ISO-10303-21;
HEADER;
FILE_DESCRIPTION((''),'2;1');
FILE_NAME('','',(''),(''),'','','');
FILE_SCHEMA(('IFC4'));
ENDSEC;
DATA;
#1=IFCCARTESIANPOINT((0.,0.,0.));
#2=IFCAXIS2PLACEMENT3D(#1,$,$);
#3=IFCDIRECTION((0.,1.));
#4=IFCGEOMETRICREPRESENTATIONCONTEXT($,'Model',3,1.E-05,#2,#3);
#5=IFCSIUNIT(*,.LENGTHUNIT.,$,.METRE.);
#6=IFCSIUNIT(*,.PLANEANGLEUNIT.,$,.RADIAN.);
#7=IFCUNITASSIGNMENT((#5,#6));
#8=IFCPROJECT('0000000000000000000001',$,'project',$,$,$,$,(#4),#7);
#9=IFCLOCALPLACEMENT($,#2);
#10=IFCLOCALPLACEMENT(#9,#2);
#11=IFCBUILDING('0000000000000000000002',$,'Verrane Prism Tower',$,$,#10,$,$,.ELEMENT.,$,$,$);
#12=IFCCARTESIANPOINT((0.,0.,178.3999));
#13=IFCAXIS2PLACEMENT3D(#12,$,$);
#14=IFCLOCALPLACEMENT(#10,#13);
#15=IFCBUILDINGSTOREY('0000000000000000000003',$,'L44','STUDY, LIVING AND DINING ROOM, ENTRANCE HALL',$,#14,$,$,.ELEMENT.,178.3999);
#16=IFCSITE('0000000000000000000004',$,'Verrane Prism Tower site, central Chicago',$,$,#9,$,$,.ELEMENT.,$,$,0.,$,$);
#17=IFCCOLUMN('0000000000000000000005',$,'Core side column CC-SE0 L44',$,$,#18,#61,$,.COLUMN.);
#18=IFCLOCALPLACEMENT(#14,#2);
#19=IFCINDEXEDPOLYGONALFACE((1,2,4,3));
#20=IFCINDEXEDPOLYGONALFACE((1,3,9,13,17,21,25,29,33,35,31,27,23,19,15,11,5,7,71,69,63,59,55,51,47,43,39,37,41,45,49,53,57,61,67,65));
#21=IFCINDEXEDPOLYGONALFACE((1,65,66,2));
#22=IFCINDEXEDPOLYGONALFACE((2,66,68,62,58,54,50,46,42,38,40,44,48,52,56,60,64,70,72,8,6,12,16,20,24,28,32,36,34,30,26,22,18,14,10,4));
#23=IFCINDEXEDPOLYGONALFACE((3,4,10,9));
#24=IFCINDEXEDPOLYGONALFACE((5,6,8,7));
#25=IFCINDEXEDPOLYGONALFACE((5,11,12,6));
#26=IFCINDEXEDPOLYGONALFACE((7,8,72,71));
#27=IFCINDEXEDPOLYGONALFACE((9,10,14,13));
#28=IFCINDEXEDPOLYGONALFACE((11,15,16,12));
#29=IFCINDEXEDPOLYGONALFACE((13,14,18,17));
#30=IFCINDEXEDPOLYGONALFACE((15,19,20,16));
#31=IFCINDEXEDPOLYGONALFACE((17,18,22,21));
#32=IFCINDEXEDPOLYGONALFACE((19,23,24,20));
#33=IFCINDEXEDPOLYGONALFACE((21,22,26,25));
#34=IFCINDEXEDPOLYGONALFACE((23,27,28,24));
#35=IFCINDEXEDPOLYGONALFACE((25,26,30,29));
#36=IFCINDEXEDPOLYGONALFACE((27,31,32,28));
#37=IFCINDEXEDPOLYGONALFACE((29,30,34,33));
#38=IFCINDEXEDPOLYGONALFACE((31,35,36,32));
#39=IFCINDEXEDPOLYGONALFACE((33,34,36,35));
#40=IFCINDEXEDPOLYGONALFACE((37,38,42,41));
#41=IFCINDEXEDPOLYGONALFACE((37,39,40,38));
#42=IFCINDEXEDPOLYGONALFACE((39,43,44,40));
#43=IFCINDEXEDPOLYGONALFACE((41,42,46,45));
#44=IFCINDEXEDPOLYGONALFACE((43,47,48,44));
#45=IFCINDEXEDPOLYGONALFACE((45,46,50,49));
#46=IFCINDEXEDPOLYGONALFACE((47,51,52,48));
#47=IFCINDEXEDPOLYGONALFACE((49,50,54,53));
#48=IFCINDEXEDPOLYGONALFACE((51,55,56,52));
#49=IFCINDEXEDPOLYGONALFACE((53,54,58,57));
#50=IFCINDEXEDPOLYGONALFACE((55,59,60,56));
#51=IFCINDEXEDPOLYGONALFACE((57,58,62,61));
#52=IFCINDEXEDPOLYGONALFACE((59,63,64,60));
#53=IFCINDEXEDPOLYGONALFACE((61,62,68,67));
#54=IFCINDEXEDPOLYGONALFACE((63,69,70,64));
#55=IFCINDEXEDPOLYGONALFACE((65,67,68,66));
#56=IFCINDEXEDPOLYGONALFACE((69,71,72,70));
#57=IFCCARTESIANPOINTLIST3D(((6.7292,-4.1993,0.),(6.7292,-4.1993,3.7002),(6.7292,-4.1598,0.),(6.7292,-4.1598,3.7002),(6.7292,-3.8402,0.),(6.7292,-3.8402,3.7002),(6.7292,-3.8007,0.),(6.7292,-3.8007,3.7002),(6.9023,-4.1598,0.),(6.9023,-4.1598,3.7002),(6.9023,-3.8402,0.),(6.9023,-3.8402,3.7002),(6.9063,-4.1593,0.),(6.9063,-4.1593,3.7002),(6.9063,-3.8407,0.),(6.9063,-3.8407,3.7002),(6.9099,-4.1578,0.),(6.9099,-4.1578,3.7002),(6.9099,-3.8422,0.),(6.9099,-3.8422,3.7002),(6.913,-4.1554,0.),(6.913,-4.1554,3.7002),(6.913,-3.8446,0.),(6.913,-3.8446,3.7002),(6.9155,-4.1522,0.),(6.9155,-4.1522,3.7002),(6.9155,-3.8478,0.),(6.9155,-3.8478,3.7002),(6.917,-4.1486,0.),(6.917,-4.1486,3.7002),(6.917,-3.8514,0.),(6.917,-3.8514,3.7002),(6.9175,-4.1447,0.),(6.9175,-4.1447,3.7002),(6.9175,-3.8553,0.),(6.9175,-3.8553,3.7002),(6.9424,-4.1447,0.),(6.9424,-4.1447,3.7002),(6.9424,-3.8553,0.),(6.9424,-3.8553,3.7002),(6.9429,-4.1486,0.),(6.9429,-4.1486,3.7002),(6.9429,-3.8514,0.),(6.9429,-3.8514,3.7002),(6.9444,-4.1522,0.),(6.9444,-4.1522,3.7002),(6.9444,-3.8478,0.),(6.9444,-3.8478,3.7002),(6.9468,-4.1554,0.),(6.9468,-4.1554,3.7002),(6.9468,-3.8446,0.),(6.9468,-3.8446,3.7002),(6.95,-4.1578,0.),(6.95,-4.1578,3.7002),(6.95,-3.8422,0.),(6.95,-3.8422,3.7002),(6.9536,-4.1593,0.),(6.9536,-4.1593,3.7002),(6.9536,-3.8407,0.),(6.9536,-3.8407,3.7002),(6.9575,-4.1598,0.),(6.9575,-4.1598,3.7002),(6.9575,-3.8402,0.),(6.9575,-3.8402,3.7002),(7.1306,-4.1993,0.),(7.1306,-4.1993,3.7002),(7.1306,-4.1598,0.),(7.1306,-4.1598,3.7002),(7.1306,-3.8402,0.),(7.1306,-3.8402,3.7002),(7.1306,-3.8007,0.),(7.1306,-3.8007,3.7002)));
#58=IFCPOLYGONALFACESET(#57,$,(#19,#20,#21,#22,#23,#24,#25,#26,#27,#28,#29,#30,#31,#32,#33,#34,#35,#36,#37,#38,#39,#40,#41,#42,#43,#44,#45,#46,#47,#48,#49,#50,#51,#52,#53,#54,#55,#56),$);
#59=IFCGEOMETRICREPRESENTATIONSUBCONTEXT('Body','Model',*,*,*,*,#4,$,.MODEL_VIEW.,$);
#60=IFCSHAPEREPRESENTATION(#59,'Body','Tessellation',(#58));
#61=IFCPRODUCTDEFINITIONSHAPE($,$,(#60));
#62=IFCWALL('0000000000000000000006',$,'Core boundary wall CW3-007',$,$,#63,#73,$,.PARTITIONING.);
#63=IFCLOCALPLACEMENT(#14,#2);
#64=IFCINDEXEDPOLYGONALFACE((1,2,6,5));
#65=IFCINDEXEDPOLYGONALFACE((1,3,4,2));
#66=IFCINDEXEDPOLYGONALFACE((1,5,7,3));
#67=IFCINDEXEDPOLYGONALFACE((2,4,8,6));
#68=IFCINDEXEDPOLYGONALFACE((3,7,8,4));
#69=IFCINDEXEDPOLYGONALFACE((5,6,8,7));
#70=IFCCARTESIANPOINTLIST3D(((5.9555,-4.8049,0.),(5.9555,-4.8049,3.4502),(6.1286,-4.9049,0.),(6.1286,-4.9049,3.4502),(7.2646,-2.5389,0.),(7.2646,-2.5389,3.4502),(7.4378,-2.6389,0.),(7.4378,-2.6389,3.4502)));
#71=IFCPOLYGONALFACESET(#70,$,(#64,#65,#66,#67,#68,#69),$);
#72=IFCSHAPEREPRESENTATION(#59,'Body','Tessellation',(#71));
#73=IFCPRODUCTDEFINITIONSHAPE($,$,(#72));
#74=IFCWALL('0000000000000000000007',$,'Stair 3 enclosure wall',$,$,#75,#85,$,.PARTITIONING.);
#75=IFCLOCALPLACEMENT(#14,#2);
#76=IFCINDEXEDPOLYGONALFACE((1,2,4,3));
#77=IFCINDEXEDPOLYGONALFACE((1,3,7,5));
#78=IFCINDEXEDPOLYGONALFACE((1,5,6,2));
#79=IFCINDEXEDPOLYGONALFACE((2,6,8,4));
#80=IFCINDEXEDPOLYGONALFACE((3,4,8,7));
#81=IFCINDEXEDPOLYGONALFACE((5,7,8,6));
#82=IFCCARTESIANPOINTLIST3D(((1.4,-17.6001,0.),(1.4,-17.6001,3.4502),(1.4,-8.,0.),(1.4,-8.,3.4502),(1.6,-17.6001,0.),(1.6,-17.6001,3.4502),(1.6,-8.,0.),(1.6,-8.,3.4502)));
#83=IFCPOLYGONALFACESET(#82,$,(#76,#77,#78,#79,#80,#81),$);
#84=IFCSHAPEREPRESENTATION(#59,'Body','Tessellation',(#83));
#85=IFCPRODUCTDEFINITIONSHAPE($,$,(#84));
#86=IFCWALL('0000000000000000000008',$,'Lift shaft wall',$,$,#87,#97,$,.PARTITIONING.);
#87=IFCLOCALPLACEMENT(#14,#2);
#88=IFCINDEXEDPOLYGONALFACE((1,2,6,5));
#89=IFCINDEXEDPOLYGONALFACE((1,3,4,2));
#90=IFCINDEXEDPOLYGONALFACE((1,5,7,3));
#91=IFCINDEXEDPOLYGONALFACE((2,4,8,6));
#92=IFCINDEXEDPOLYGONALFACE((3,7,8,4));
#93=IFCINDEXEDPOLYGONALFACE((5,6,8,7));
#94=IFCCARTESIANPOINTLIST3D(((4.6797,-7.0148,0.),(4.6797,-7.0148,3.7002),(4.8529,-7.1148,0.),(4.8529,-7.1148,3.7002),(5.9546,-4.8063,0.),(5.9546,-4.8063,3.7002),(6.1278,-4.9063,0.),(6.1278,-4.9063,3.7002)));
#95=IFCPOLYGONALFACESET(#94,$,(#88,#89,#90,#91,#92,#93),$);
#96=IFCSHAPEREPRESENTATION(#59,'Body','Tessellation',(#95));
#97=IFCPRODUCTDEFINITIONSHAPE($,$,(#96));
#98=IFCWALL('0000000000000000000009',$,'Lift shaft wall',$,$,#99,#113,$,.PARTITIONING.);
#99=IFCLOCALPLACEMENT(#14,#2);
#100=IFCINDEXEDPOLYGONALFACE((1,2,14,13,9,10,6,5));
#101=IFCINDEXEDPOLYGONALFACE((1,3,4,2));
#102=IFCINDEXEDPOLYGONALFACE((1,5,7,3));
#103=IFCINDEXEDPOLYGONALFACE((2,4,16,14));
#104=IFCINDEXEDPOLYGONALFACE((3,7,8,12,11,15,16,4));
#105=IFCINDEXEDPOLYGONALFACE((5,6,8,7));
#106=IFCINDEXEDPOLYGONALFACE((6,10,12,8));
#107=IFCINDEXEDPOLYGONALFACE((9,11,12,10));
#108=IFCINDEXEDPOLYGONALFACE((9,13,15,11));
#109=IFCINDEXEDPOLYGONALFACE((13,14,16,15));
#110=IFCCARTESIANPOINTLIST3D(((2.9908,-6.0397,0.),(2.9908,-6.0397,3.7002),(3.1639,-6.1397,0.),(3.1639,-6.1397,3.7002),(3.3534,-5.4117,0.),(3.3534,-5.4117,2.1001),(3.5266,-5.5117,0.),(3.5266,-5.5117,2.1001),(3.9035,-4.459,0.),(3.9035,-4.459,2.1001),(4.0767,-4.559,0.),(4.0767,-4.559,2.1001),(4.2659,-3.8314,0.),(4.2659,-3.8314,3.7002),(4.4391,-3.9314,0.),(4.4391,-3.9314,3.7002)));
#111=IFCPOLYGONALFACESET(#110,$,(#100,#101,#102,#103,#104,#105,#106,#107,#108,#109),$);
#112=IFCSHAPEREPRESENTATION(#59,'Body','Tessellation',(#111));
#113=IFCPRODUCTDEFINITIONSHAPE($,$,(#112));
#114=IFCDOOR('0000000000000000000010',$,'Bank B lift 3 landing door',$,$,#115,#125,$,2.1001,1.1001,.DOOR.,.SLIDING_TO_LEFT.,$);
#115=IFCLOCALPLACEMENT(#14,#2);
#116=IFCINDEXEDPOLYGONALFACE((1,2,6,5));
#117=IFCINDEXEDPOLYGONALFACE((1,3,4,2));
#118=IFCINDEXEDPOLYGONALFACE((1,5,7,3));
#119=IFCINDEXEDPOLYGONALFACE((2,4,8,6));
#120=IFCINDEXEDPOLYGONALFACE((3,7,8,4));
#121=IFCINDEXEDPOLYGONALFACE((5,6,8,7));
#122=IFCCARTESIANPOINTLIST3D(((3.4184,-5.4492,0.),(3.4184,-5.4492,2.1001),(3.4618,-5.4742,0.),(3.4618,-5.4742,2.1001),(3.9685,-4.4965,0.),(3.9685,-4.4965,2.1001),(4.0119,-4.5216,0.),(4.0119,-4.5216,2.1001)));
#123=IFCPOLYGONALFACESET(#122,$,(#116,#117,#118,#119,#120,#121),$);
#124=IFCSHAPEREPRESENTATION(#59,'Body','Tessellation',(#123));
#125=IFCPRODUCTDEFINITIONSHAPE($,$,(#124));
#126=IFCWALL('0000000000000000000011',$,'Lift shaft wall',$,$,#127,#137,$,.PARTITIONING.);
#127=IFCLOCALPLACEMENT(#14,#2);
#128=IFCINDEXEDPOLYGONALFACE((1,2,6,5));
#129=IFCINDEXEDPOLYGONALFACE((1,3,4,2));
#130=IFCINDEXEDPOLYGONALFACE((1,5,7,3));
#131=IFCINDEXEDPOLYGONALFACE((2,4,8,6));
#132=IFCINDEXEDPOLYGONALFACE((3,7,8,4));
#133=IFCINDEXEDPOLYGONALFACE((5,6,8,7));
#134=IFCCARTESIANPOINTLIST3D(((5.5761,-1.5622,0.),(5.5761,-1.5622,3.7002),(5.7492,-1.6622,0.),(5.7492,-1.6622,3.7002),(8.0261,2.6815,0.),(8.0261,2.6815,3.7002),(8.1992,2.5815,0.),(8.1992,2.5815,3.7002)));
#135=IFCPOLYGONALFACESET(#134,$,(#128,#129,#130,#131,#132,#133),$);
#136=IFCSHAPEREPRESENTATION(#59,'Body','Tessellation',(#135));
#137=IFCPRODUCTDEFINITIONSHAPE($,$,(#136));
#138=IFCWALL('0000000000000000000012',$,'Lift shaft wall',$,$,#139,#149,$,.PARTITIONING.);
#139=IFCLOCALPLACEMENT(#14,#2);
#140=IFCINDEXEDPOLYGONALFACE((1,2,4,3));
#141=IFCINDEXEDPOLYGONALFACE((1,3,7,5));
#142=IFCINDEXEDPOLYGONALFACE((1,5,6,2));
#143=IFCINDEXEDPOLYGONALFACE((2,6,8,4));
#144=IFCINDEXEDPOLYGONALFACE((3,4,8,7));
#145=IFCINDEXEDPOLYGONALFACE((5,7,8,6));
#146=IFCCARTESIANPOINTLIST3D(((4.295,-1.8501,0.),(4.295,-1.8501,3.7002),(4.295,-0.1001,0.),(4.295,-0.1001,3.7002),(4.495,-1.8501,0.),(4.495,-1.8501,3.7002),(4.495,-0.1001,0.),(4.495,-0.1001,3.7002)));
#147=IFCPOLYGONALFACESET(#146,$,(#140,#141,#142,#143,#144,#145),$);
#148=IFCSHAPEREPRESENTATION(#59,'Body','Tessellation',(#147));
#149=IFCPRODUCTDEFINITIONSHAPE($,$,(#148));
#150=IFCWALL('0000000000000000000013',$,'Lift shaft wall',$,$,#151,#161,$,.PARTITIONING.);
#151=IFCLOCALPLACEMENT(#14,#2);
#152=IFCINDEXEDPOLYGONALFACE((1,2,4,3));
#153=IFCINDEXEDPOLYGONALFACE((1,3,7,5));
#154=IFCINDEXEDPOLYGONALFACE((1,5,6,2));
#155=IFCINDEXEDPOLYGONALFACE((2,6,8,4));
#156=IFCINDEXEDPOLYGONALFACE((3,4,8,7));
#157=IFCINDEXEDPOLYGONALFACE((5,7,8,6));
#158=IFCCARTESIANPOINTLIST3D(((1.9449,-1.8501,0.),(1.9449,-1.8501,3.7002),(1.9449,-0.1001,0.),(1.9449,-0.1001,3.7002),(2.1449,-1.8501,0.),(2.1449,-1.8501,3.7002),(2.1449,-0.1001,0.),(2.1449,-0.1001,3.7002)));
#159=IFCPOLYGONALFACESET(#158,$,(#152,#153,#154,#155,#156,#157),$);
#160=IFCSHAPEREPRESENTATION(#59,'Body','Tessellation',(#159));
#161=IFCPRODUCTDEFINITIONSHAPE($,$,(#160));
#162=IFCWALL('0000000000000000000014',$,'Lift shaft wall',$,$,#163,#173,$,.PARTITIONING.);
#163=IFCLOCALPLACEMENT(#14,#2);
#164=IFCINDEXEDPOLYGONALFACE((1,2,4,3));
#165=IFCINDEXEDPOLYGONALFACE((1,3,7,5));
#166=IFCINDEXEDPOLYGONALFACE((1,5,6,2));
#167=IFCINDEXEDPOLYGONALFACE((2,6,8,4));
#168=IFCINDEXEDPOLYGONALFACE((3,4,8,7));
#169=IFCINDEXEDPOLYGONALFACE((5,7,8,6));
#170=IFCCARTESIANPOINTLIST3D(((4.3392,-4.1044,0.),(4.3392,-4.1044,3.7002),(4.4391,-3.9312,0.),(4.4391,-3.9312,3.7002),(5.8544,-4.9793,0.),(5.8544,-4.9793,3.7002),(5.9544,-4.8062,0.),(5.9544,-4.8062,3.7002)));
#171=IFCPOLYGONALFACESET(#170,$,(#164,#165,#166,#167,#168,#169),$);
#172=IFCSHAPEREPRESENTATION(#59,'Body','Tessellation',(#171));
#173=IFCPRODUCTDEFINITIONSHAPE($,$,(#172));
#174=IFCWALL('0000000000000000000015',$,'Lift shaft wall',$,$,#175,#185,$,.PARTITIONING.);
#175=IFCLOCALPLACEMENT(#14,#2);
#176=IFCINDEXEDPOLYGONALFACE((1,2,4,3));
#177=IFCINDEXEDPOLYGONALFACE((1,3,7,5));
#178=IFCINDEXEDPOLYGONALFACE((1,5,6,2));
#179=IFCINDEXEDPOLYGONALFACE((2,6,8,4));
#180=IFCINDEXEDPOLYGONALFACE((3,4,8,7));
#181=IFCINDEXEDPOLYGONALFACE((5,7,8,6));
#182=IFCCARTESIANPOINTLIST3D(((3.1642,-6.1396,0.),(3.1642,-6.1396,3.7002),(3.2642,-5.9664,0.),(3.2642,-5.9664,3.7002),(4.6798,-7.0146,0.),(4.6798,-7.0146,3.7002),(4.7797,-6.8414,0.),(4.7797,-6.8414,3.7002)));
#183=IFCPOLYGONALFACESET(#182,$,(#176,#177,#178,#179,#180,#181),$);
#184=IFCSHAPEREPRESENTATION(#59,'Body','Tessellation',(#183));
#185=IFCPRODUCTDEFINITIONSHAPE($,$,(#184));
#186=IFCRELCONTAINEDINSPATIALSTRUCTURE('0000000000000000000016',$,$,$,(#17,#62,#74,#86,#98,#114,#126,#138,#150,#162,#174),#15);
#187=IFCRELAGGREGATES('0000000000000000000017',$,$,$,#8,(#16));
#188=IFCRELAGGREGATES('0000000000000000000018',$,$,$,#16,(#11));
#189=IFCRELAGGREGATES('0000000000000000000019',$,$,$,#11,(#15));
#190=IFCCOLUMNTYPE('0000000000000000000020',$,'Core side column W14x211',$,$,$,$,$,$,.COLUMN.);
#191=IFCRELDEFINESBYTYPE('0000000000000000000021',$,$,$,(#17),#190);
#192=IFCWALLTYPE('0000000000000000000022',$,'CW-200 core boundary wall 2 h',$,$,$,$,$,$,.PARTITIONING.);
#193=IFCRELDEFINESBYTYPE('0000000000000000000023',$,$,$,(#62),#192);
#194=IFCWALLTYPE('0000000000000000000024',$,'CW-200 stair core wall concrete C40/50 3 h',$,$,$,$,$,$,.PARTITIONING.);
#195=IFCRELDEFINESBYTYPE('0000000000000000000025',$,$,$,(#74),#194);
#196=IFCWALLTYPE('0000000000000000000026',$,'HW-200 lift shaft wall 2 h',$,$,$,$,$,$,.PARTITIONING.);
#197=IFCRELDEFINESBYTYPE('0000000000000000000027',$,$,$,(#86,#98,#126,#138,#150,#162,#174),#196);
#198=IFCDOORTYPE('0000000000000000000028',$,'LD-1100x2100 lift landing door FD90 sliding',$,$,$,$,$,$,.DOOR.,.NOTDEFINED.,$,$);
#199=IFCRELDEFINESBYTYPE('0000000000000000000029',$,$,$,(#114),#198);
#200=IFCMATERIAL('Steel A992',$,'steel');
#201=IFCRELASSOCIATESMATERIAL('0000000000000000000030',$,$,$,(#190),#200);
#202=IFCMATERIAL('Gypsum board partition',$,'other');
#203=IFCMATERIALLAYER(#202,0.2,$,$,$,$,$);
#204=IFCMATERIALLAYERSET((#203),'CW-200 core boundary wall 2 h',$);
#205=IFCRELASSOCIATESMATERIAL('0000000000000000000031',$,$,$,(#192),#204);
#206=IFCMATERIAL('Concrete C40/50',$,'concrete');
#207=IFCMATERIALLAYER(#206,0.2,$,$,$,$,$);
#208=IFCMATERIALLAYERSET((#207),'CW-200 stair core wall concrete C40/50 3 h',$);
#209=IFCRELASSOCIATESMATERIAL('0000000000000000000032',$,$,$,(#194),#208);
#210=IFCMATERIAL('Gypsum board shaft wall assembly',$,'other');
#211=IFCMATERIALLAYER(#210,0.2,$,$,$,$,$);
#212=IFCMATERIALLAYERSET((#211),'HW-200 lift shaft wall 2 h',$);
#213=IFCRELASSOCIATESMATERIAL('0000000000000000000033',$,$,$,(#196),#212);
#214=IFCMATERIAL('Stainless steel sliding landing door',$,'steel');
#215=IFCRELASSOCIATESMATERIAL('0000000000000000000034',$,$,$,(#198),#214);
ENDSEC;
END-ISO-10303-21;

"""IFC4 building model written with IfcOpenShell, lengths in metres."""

from ifc_helpers import new_model, si_unit, direction, frame, frame_2d, origin, origin_2d, place, context, subcontext, project, spatial, rectangle, i_section, extrude, material, layer, layer_set, material_profile, profile_set, type_object, element, fill, save


model = new_model("IFC4")

# Units and contexts
model_context = context("Model", 3, precision=1e-05, world=origin(), true_north=direction((0.0, 1.0)))
body_context = subcontext(model_context, "Body", "Model", "MODEL_VIEW")
ifc_project = project(units=[si_unit("LENGTHUNIT", "METRE"), si_unit("PLANEANGLEUNIT", "RADIAN")], contexts=[model_context])

# Site, building, storey
site_placement = place(None, origin())
site = spatial("IfcSite", under=ifc_project, at=site_placement, Name="Verrane Prism Tower site, central Chicago", CompositionType="ELEMENT", RefElevation=0.0)
building_placement = place(site_placement, origin())
building = spatial("IfcBuilding", under=site, at=building_placement, Name="Verrane Prism Tower", CompositionType="ELEMENT")
storey_placement = place(building_placement, frame((0.0, 0.0, 178.3999)))
storey = spatial("IfcBuildingStorey", under=building, at=storey_placement, Name="L44", Description="STUDY, LIVING AND DINING ROOM, ENTRANCE HALL", CompositionType="ELEMENT", Elevation=178.3999)

# Column
ifc_material_1 = material(Name="Steel A992", Category="steel")
ifc_material_profile = material_profile(ifc_material_1, i_section(OverallWidth=0.4014, OverallDepth=0.3987, WebThickness=0.0249, FlangeThickness=0.0396, FilletRadius=0.0151, at=origin_2d()), Name="W14x211")
ifc_profile_set = profile_set([ifc_material_profile], Name="Steel A992")
column_type = type_object("IfcColumnType", Name="Core side column W14x211", PredefinedType="COLUMN", material=ifc_profile_set)
column_placement = place(storey_placement, frame((6.9299, -4.0, 0.0), z_axis=(0.0, 0.0, 1.0), x_axis=(1.0, 0.0, 0.0)))
element("IfcColumn", 1, at=column_placement, inside=storey, type_object=column_type, Name="Core side column CC-SE0 L44", PredefinedType="COLUMN", context=body_context, shape_type="SweptSolid", body=[
    extrude(i_section(OverallWidth=0.4014, OverallDepth=0.3987, WebThickness=0.0249, FlangeThickness=0.0396, FilletRadius=0.0151, at=origin_2d()), origin(), (0.0, 0.0, 1.0), 3.7002),
])

# Walls
ifc_material_2 = material(Name="Gypsum board partition", Category="other")
ifc_layer_1 = layer(ifc_material_2, 0.2)
ifc_layer_set_1 = layer_set([ifc_layer_1], Name="CW-200 core boundary wall 2 h")
wall_type_1 = type_object("IfcWallType", Name="CW-200 core boundary wall 2 h", PredefinedType="PARTITIONING", material=ifc_layer_set_1)
wall_1_placement = place(storey_placement, frame((6.042, -4.855, 0.0), z_axis=(0.0, 0.0, 1.0), x_axis=(0.500253, 0.865879, 0.0)))
element("IfcWall", 2, at=wall_1_placement, inside=storey, type_object=wall_type_1, Name="Core boundary wall CW3-007", PredefinedType="PARTITIONING", context=body_context, shape_type="SweptSolid", body=[
    extrude(rectangle(XDim=2.6169, YDim=0.2, at=frame_2d((1.3086, 0.0))), origin(), (0.0, 0.0, 1.0), 3.4502),
])
ifc_material_3 = material(Name="Concrete C40/50", Category="concrete")
ifc_layer_2 = layer(ifc_material_3, 0.2)
ifc_layer_set_2 = layer_set([ifc_layer_2], Name="CW-200 stair core wall concrete C40/50 3 h")
wall_type_2 = type_object("IfcWallType", Name="CW-200 stair core wall concrete C40/50 3 h", PredefinedType="PARTITIONING", material=ifc_layer_set_2)
wall_2_placement = place(storey_placement, frame((1.5, -8.0, 0.0), z_axis=(0.0, 0.0, 1.0), x_axis=(0.0, -1.0, 0.0)))
element("IfcWall", 3, at=wall_2_placement, inside=storey, type_object=wall_type_2, Name="Stair 3 enclosure wall", PredefinedType="PARTITIONING", context=body_context, shape_type="SweptSolid", body=[
    extrude(rectangle(XDim=9.6001, YDim=0.2, at=frame_2d((4.8, 0.0))), origin(), (0.0, 0.0, 1.0), 3.4502),
])
ifc_material_4 = material(Name="Gypsum board shaft wall assembly", Category="other")
ifc_layer_3 = layer(ifc_material_4, 0.2)
ifc_layer_set_3 = layer_set([ifc_layer_3], Name="HW-200 lift shaft wall 2 h")
wall_type_3 = type_object("IfcWallType", Name="HW-200 lift shaft wall 2 h", PredefinedType="PARTITIONING", material=ifc_layer_set_3)
wall_3_placement = place(storey_placement, frame((4.7664, -7.0647, 0.0), z_axis=(0.0, 0.0, 1.0), x_axis=(0.499949, 0.866055, 0.0)))
element("IfcWall", 4, at=wall_3_placement, inside=storey, type_object=wall_type_3, Name="Lift shaft wall", PredefinedType="PARTITIONING", context=body_context, shape_type="SweptSolid", body=[
    extrude(rectangle(XDim=2.55, YDim=0.2, at=frame_2d((1.2749, 0.0))), origin(), (0.0, 0.0, 1.0), 3.7002),
])

# Wall, opening, door
wall_4_placement = place(storey_placement, frame((3.0774, -6.0896, 0.0), z_axis=(0.0, 0.0, 1.0), x_axis=(0.500062, 0.865989, 0.0)))
wall_4 = element("IfcWall", 5, at=wall_4_placement, inside=storey, type_object=wall_type_3, Name="Lift shaft wall", PredefinedType="PARTITIONING", context=body_context, shape_type="SweptSolid", body=[
    extrude(rectangle(XDim=2.55, YDim=0.2, at=frame_2d((1.2749, 0.0))), origin(), (0.0, 0.0, 1.0), 3.7002),
])
opening_placement = place(wall_4_placement, frame((0.7251, 0.0, 0.0)))
opening = element("IfcOpeningElement", 6, at=opening_placement, cuts=wall_4, PredefinedType="OPENING", context=body_context, shape_type="SweptSolid", body=[
    extrude(rectangle(XDim=1.1001, YDim=2.1001, at=frame_2d((0.55, 1.05))), frame((0.0, 0.1099, 0.0), z_axis=(0.0, -1.0, 0.0), x_axis=(1.0, 0.0, 0.0)), (0.0, 0.0, 1.0), 0.22),
])
ifc_material_5 = material(Name="Stainless steel sliding landing door", Category="steel")
door_type = type_object("IfcDoorType", Name="LD-1100x2100 lift landing door FD90 sliding", OperationType="NOTDEFINED", PredefinedType="DOOR", material=ifc_material_5)
door_placement = place(opening_placement, origin())
door = element("IfcDoor", 7, at=door_placement, inside=storey, type_object=door_type, Name="Bank B lift 3 landing door", OperationType="SLIDING_TO_LEFT", OverallHeight=2.1001, OverallWidth=1.1001, PredefinedType="DOOR", context=body_context, shape_type="SweptSolid", body=[
    extrude(rectangle(XDim=1.1001, YDim=2.1001, at=frame_2d((0.55, 1.05))), frame((0.0, 0.0249, 0.0), z_axis=(0.0, -1.0, 0.0), x_axis=(1.0, 0.0, 0.0)), (0.0, 0.0, 1.0), 0.05),
])
fill(opening, door)

# Walls
wall_5_placement = place(storey_placement, frame((5.6626, -1.6123, 0.0), z_axis=(0.0, 0.0, 1.0), x_axis=(0.499981, 0.866036, 0.0)))
element("IfcWall", 8, at=wall_5_placement, inside=storey, type_object=wall_type_3, Name="Lift shaft wall", PredefinedType="PARTITIONING", context=body_context, shape_type="SweptSolid", body=[
    extrude(rectangle(XDim=4.9001, YDim=0.2, at=frame_2d((2.4502, 0.0))), origin(), (0.0, 0.0, 1.0), 3.7002),
])
for number, where, z_axis, x_axis, name in (
    (9, (4.395, -1.8501, 0.0), (0.0, 0.0, 1.0), (0.0, 1.0, 0.0), "Lift shaft wall"),
    (10, (2.0449, -1.8501, 0.0), (0.0, 0.0, 1.0), (0.0, 1.0, 0.0), "Lift shaft wall"),
):
    element("IfcWall", number, at=place(storey_placement, frame(where, z_axis=z_axis, x_axis=x_axis)), inside=storey, type_object=wall_type_3, Name=name, PredefinedType="PARTITIONING", context=body_context, shape_type="SweptSolid", body=[
        extrude(rectangle(XDim=1.75, YDim=0.2, at=frame_2d((0.875, 0.0))), origin(), (0.0, 0.0, 1.0), 3.7002),
    ])
wall_6_placement = place(storey_placement, frame((5.9045, -4.8928, 0.0), z_axis=(0.0, 0.0, 1.0), x_axis=(-0.866002, 0.50004, 0.0)))
element("IfcWall", 11, at=wall_6_placement, inside=storey, type_object=wall_type_3, Name="Lift shaft wall", PredefinedType="PARTITIONING", context=body_context, shape_type="SweptSolid", body=[
    extrude(rectangle(XDim=1.7498, YDim=0.2, at=frame_2d((0.875, 0.0))), origin(), (0.0, 0.0, 1.0), 3.7002),
])
wall_7_placement = place(storey_placement, frame((4.7297, -6.928, 0.0), z_axis=(0.0, 0.0, 1.0), x_axis=(-0.866037, 0.49998, 0.0)))
element("IfcWall", 12, at=wall_7_placement, inside=storey, type_object=wall_type_3, Name="Lift shaft wall", PredefinedType="PARTITIONING", context=body_context, shape_type="SweptSolid", body=[
    extrude(rectangle(XDim=1.75, YDim=0.2, at=frame_2d((0.875, 0.0))), origin(), (0.0, 0.0, 1.0), 3.7002),
])

save(model, "model.ifc")
